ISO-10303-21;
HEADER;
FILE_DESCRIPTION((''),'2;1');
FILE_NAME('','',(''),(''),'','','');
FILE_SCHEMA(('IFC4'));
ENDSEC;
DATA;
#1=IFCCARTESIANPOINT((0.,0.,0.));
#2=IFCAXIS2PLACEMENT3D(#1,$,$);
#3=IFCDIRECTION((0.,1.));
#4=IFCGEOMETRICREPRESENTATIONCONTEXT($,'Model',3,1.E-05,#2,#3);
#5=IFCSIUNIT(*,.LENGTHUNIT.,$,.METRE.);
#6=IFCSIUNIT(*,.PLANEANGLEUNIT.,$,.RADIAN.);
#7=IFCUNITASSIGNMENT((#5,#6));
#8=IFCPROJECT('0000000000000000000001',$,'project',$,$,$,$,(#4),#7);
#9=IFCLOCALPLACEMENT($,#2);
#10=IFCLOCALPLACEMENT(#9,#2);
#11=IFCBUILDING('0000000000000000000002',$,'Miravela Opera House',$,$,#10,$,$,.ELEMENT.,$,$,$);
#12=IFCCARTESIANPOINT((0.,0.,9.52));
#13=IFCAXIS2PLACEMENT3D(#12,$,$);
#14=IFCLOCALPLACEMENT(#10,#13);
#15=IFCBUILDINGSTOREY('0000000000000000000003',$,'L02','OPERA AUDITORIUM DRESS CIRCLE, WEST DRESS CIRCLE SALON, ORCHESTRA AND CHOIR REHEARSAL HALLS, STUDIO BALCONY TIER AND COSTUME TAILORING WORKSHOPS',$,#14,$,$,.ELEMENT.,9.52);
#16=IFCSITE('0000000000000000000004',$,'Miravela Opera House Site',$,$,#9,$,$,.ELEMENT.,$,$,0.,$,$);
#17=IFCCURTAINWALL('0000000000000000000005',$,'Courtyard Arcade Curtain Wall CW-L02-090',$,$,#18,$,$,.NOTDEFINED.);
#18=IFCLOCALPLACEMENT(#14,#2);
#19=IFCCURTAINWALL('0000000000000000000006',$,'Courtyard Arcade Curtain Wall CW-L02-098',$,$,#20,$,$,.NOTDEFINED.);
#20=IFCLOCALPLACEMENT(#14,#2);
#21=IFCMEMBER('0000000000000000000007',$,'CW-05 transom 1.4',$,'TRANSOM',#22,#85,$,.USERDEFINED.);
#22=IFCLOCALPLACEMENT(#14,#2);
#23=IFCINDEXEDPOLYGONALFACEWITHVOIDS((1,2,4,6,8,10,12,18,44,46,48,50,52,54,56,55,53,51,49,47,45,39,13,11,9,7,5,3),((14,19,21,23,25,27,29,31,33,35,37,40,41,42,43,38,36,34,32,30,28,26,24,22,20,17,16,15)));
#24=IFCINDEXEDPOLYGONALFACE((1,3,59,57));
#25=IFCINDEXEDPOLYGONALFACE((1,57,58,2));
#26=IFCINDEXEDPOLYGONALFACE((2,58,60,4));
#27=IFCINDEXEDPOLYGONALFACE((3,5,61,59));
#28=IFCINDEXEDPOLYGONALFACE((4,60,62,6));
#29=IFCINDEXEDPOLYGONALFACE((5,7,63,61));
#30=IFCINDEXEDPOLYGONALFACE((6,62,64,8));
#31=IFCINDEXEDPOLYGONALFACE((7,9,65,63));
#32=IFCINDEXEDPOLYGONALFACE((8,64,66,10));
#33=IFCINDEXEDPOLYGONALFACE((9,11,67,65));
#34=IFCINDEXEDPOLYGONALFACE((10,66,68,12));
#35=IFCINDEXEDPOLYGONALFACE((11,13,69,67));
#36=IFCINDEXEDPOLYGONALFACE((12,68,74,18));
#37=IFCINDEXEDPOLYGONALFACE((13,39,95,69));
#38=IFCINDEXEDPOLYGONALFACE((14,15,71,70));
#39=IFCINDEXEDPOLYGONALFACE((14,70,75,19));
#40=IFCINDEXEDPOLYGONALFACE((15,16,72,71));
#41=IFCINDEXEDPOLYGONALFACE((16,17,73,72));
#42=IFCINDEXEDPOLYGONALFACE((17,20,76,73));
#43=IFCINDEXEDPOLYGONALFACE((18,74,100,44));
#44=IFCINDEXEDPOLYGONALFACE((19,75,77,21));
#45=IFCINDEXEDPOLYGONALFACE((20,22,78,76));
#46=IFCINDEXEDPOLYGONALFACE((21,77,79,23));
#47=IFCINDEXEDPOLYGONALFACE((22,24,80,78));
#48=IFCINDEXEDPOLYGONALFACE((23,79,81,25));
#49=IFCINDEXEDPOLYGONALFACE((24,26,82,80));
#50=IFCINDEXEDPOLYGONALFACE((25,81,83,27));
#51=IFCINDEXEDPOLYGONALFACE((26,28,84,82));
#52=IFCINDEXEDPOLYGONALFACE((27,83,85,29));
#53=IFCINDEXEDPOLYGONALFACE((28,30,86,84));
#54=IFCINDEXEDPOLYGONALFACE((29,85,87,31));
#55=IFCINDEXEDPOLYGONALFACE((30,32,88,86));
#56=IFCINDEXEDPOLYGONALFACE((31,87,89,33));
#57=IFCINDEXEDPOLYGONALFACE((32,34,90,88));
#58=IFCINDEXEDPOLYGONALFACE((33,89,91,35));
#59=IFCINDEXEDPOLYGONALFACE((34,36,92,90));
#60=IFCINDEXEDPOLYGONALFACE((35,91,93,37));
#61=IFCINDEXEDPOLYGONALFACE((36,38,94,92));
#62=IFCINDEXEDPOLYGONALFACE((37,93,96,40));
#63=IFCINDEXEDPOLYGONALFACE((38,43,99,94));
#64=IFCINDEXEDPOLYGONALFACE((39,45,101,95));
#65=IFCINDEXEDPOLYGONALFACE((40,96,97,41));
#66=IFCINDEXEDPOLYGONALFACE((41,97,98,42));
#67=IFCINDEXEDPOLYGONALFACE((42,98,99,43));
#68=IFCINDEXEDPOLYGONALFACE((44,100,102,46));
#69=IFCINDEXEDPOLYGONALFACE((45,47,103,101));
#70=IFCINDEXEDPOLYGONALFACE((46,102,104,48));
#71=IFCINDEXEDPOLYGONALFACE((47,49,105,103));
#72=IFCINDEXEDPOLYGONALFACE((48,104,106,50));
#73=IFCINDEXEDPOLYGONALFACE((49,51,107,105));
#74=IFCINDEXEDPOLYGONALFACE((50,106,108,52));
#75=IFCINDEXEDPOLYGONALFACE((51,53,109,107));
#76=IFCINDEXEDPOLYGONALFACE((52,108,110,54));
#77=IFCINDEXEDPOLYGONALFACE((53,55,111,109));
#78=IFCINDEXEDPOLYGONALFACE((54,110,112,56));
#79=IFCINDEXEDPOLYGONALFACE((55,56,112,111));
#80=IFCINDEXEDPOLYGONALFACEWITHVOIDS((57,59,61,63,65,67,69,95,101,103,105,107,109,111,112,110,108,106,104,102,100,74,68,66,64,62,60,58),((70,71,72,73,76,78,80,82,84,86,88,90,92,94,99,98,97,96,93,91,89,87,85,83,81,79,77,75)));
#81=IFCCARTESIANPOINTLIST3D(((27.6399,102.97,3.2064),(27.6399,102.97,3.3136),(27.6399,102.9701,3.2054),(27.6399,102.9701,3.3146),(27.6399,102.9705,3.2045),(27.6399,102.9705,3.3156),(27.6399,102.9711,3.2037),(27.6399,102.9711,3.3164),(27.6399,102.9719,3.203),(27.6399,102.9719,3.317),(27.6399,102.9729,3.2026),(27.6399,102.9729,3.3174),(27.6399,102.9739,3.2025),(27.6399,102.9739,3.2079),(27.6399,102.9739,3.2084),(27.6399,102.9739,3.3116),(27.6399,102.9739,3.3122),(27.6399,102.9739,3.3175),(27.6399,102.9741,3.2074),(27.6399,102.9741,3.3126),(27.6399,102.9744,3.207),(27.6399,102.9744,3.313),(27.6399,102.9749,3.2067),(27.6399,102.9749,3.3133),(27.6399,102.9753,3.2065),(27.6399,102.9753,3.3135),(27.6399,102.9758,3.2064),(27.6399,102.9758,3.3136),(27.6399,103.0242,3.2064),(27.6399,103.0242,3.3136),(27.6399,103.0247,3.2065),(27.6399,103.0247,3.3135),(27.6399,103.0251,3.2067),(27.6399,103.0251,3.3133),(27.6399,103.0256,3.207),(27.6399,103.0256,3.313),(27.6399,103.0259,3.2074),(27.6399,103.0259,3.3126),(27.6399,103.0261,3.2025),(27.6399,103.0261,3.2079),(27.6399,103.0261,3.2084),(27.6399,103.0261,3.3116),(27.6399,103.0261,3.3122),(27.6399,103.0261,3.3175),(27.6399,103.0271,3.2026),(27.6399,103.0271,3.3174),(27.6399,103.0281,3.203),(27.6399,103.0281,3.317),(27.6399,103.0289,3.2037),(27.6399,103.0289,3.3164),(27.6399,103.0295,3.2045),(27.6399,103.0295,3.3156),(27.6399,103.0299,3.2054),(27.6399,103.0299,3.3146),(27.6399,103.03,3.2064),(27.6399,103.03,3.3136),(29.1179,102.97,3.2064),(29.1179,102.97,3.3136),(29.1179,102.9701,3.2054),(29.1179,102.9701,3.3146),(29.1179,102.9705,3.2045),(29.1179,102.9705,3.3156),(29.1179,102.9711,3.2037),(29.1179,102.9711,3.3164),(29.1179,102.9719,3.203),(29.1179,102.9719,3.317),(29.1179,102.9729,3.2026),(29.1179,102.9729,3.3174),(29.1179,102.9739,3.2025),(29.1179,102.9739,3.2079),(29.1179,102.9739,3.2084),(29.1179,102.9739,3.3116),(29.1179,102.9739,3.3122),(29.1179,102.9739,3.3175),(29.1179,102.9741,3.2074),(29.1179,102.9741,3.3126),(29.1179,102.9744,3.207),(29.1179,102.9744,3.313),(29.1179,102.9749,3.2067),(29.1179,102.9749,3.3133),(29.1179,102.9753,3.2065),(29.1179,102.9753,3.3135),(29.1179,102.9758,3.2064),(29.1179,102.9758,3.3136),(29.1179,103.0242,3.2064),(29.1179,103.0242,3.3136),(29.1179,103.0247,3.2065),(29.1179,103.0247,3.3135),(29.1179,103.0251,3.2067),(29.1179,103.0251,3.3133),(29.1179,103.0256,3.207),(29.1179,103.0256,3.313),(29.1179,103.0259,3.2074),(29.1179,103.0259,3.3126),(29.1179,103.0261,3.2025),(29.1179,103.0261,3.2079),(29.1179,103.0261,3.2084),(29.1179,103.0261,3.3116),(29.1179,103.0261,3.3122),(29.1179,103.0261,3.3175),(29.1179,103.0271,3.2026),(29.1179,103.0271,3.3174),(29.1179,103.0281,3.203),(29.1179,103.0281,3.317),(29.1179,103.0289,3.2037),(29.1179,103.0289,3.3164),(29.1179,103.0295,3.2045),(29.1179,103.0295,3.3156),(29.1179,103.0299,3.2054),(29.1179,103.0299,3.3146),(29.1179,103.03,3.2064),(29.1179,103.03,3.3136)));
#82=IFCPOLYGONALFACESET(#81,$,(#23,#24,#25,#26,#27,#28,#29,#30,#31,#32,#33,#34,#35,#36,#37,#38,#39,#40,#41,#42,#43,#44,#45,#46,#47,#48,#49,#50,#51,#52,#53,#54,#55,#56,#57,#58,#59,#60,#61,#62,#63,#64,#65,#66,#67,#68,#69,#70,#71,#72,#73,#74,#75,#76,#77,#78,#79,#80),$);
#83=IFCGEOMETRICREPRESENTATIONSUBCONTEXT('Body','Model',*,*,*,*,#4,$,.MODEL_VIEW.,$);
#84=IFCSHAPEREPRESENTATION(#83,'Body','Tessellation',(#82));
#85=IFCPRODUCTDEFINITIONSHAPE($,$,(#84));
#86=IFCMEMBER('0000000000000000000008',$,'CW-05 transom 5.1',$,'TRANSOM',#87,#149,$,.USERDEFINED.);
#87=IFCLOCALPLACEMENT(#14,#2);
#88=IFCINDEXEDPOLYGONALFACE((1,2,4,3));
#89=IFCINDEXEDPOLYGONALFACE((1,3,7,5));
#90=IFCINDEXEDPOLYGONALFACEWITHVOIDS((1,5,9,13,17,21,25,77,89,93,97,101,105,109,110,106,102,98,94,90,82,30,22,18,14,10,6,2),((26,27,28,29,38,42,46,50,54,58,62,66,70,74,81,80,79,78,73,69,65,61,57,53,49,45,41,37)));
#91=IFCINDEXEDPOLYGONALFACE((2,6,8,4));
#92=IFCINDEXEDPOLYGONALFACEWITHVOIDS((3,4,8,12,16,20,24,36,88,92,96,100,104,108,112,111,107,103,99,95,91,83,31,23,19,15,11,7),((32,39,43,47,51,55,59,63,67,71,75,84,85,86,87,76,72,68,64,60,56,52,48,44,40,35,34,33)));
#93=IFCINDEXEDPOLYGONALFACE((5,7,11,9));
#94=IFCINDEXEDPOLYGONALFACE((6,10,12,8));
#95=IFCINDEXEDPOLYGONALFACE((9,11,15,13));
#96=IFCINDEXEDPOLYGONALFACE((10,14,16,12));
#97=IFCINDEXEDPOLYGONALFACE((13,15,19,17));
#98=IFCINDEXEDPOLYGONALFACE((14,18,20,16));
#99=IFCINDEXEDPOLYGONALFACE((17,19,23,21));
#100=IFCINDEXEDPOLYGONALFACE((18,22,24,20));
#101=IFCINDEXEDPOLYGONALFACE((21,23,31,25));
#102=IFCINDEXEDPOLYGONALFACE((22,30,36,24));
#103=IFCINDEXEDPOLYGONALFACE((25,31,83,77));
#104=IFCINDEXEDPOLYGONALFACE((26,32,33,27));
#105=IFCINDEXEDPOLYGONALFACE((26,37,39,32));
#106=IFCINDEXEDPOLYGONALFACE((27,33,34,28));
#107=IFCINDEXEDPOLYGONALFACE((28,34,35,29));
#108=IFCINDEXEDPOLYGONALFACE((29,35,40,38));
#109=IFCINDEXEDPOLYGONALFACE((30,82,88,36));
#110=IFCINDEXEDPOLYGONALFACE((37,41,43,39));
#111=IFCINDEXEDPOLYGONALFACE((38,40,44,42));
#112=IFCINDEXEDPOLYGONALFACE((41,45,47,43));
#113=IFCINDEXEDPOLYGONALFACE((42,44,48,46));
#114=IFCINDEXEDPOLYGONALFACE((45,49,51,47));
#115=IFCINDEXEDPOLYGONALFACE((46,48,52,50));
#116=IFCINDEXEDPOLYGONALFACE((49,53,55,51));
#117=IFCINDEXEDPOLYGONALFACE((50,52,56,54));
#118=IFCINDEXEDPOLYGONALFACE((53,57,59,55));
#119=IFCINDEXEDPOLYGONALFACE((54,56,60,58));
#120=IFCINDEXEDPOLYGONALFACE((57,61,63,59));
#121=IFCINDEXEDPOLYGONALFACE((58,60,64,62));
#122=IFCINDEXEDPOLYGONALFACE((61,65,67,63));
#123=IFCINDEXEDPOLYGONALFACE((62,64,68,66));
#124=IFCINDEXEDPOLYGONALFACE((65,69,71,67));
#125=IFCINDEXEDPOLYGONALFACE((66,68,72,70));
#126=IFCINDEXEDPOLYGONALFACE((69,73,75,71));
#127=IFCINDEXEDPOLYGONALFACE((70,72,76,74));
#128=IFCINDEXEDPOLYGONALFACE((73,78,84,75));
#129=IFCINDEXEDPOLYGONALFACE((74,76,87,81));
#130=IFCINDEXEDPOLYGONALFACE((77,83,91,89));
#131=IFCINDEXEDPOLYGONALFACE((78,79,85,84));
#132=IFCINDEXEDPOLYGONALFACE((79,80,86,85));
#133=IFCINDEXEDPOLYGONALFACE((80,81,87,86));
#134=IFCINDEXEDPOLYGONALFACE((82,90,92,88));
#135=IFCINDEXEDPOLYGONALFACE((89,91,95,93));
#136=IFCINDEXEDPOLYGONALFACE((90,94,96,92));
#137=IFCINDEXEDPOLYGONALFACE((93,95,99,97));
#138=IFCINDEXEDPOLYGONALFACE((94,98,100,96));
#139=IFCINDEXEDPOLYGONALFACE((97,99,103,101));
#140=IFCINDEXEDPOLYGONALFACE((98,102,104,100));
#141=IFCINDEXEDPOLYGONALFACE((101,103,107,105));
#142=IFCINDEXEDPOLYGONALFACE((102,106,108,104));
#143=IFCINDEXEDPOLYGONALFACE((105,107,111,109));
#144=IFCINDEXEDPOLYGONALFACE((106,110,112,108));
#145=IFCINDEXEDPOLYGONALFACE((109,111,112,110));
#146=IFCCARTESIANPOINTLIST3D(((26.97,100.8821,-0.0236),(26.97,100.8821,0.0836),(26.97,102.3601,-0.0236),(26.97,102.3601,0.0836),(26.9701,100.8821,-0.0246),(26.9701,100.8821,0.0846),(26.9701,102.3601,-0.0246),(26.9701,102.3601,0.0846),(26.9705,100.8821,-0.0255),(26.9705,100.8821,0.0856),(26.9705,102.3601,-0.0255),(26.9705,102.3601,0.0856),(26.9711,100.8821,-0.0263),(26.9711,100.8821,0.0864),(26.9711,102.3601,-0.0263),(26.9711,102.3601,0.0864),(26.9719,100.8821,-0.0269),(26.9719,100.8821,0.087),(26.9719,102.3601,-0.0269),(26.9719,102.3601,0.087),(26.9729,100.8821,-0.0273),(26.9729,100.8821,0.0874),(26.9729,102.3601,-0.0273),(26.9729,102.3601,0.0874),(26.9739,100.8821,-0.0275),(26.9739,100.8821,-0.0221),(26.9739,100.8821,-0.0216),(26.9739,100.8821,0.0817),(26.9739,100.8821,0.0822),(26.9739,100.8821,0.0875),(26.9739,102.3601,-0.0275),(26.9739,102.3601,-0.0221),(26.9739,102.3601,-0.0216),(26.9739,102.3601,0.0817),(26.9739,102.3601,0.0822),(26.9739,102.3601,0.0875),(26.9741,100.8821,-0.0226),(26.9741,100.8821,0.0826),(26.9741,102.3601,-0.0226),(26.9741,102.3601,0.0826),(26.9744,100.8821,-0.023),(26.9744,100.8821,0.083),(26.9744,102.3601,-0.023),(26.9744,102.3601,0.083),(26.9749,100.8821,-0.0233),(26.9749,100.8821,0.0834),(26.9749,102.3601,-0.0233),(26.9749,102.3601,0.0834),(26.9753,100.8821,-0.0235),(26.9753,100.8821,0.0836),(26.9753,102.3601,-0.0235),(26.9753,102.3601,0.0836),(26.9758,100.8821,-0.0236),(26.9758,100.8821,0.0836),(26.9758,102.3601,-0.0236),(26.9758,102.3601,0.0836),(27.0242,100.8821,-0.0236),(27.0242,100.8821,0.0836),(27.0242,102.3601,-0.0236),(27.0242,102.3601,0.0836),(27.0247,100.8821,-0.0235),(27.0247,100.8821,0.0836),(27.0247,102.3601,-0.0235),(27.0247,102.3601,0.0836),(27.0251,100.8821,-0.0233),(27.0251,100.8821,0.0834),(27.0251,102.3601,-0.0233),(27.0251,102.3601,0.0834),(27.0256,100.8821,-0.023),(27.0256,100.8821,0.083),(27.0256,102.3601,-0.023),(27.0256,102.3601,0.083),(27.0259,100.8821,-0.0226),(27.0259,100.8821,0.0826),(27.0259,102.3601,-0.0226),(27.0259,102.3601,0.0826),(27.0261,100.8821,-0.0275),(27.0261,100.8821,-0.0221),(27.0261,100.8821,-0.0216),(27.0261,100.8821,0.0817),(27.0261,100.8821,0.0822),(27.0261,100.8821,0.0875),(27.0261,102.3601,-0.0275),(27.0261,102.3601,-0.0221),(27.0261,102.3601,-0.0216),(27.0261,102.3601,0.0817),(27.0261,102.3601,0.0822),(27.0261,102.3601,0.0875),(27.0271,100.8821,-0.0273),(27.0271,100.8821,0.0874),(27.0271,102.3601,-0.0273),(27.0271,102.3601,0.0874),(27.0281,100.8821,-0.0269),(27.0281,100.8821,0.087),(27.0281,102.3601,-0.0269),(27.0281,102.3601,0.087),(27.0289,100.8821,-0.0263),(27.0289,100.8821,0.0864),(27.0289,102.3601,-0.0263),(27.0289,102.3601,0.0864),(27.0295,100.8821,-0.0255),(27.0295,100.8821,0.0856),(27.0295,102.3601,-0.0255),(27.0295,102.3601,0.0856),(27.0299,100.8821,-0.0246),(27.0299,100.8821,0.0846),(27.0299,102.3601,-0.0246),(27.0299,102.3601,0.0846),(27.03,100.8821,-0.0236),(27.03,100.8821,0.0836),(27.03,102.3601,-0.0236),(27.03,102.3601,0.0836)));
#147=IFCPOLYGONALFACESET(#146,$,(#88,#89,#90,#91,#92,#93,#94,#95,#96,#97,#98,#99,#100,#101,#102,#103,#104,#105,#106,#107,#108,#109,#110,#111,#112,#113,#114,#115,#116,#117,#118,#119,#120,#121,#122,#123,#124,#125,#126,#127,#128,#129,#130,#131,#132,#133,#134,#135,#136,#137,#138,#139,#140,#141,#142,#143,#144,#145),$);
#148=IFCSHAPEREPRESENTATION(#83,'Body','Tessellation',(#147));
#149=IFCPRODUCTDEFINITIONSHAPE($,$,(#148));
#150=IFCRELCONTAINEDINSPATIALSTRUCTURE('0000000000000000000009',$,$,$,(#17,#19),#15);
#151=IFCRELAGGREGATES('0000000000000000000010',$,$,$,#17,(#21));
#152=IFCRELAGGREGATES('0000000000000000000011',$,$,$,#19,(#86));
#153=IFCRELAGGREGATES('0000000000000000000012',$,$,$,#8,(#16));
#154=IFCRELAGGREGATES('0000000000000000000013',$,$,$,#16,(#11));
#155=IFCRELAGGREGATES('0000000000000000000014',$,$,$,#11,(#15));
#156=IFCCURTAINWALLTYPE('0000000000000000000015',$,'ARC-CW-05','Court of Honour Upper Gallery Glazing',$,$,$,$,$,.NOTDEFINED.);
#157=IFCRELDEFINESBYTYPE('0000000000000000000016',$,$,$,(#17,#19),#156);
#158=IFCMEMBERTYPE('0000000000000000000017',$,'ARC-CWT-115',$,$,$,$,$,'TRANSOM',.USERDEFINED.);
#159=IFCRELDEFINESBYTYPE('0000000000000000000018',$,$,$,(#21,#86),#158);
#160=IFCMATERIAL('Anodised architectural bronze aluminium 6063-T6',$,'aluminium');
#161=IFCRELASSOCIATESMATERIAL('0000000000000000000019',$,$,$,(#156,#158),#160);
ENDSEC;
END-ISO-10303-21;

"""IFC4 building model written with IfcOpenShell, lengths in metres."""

from ifc_helpers import new_model, si_unit, direction, frame, origin, origin_2d, place, context, subcontext, project, spatial, hollow_rectangle, extrude, material, material_profile, profile_set, type_object, element, aggregate, save


model = new_model("IFC4")

# Units and contexts
model_context = context("Model", 3, precision=1e-05, world=origin(), true_north=direction((0.0, 1.0)))
body_context = subcontext(model_context, "Body", "Model", "MODEL_VIEW")
ifc_project = project(units=[si_unit("LENGTHUNIT", "METRE"), si_unit("PLANEANGLEUNIT", "RADIAN")], contexts=[model_context])

# Site, building, storey
site_placement = place(None, origin())
site = spatial("IfcSite", under=ifc_project, at=site_placement, Name="Miravela Opera House Site", CompositionType="ELEMENT", RefElevation=0.0)
building_placement = place(site_placement, origin())
building = spatial("IfcBuilding", under=site, at=building_placement, Name="Miravela Opera House", CompositionType="ELEMENT")
storey_placement = place(building_placement, frame((0.0, 0.0, 9.52)))
storey = spatial("IfcBuildingStorey", under=building, at=storey_placement, Name="L02", Description="OPERA AUDITORIUM DRESS CIRCLE, WEST DRESS CIRCLE SALON, ORCHESTRA AND CHOIR REHEARSAL HALLS, STUDIO BALCONY TIER AND COSTUME TAILORING WORKSHOPS", CompositionType="ELEMENT", Elevation=9.52)

# Curtain wall
ifc_material_1 = material(Name="Anodised architectural bronze aluminium 6063-T6", Category="aluminium")
curtain_wall_type = type_object("IfcCurtainWallType", Name="ARC-CW-05", Description="Court of Honour Upper Gallery Glazing", PredefinedType="NOTDEFINED", material=ifc_material_1)
curtain_wall_1_placement = place(storey_placement, origin())
curtain_wall_1 = element("IfcCurtainWall", 1, at=curtain_wall_1_placement, inside=storey, type_object=curtain_wall_type, Name="Courtyard Arcade Curtain Wall CW-L02-090", PredefinedType="NOTDEFINED")

# Curtain wall
curtain_wall_2_placement = place(storey_placement, origin())
curtain_wall_2 = element("IfcCurtainWall", 2, at=curtain_wall_2_placement, inside=storey, type_object=curtain_wall_type, Name="Courtyard Arcade Curtain Wall CW-L02-098", PredefinedType="NOTDEFINED")

# Members
ifc_material_profile_1 = material_profile(ifc_material_1, hollow_rectangle(XDim=0.0601, YDim=0.115, WallThickness=0.0039, InnerFilletRadius=0.002, OuterFilletRadius=0.0039, at=origin_2d()), Name="CWT-60X115")
ifc_profile_set_1 = profile_set([ifc_material_profile_1])
member_type_1 = type_object("IfcMemberType", Name="ARC-CWT-115", ElementType="TRANSOM", PredefinedType="USERDEFINED", material=ifc_profile_set_1)
member_1_placement = place(storey_placement, frame((27.6399, 103.0, 3.26), z_axis=(1.0, 0.0, 0.0), x_axis=(0.0, 1.0, 0.0)))
member_1 = element("IfcMember", 3, at=member_1_placement, type_object=member_type_1, Name="CW-05 transom 1.4", ObjectType="TRANSOM", PredefinedType="USERDEFINED", context=body_context, shape_type="SweptSolid", body=[
    extrude(hollow_rectangle(XDim=0.0601, YDim=0.115, WallThickness=0.0039, InnerFilletRadius=0.002, OuterFilletRadius=0.0039, at=origin_2d()), origin(), (0.0, 0.0, 1.0), 1.478),
])
member_2_placement = place(storey_placement, frame((27.0, 100.8821, 0.03), z_axis=(0.0, 1.0, 0.0), x_axis=(-1.0, 0.0, 0.0)))
member_2 = element("IfcMember", 4, at=member_2_placement, type_object=member_type_1, Name="CW-05 transom 5.1", ObjectType="TRANSOM", PredefinedType="USERDEFINED", context=body_context, shape_type="SweptSolid", body=[
    extrude(hollow_rectangle(XDim=0.0601, YDim=0.115, WallThickness=0.0039, InnerFilletRadius=0.002, OuterFilletRadius=0.0039, at=origin_2d()), origin(), (0.0, 0.0, 1.0), 1.478),
])

aggregate(curtain_wall_1, [member_1])
aggregate(curtain_wall_2, [member_2])

save(model, "model.ifc")
